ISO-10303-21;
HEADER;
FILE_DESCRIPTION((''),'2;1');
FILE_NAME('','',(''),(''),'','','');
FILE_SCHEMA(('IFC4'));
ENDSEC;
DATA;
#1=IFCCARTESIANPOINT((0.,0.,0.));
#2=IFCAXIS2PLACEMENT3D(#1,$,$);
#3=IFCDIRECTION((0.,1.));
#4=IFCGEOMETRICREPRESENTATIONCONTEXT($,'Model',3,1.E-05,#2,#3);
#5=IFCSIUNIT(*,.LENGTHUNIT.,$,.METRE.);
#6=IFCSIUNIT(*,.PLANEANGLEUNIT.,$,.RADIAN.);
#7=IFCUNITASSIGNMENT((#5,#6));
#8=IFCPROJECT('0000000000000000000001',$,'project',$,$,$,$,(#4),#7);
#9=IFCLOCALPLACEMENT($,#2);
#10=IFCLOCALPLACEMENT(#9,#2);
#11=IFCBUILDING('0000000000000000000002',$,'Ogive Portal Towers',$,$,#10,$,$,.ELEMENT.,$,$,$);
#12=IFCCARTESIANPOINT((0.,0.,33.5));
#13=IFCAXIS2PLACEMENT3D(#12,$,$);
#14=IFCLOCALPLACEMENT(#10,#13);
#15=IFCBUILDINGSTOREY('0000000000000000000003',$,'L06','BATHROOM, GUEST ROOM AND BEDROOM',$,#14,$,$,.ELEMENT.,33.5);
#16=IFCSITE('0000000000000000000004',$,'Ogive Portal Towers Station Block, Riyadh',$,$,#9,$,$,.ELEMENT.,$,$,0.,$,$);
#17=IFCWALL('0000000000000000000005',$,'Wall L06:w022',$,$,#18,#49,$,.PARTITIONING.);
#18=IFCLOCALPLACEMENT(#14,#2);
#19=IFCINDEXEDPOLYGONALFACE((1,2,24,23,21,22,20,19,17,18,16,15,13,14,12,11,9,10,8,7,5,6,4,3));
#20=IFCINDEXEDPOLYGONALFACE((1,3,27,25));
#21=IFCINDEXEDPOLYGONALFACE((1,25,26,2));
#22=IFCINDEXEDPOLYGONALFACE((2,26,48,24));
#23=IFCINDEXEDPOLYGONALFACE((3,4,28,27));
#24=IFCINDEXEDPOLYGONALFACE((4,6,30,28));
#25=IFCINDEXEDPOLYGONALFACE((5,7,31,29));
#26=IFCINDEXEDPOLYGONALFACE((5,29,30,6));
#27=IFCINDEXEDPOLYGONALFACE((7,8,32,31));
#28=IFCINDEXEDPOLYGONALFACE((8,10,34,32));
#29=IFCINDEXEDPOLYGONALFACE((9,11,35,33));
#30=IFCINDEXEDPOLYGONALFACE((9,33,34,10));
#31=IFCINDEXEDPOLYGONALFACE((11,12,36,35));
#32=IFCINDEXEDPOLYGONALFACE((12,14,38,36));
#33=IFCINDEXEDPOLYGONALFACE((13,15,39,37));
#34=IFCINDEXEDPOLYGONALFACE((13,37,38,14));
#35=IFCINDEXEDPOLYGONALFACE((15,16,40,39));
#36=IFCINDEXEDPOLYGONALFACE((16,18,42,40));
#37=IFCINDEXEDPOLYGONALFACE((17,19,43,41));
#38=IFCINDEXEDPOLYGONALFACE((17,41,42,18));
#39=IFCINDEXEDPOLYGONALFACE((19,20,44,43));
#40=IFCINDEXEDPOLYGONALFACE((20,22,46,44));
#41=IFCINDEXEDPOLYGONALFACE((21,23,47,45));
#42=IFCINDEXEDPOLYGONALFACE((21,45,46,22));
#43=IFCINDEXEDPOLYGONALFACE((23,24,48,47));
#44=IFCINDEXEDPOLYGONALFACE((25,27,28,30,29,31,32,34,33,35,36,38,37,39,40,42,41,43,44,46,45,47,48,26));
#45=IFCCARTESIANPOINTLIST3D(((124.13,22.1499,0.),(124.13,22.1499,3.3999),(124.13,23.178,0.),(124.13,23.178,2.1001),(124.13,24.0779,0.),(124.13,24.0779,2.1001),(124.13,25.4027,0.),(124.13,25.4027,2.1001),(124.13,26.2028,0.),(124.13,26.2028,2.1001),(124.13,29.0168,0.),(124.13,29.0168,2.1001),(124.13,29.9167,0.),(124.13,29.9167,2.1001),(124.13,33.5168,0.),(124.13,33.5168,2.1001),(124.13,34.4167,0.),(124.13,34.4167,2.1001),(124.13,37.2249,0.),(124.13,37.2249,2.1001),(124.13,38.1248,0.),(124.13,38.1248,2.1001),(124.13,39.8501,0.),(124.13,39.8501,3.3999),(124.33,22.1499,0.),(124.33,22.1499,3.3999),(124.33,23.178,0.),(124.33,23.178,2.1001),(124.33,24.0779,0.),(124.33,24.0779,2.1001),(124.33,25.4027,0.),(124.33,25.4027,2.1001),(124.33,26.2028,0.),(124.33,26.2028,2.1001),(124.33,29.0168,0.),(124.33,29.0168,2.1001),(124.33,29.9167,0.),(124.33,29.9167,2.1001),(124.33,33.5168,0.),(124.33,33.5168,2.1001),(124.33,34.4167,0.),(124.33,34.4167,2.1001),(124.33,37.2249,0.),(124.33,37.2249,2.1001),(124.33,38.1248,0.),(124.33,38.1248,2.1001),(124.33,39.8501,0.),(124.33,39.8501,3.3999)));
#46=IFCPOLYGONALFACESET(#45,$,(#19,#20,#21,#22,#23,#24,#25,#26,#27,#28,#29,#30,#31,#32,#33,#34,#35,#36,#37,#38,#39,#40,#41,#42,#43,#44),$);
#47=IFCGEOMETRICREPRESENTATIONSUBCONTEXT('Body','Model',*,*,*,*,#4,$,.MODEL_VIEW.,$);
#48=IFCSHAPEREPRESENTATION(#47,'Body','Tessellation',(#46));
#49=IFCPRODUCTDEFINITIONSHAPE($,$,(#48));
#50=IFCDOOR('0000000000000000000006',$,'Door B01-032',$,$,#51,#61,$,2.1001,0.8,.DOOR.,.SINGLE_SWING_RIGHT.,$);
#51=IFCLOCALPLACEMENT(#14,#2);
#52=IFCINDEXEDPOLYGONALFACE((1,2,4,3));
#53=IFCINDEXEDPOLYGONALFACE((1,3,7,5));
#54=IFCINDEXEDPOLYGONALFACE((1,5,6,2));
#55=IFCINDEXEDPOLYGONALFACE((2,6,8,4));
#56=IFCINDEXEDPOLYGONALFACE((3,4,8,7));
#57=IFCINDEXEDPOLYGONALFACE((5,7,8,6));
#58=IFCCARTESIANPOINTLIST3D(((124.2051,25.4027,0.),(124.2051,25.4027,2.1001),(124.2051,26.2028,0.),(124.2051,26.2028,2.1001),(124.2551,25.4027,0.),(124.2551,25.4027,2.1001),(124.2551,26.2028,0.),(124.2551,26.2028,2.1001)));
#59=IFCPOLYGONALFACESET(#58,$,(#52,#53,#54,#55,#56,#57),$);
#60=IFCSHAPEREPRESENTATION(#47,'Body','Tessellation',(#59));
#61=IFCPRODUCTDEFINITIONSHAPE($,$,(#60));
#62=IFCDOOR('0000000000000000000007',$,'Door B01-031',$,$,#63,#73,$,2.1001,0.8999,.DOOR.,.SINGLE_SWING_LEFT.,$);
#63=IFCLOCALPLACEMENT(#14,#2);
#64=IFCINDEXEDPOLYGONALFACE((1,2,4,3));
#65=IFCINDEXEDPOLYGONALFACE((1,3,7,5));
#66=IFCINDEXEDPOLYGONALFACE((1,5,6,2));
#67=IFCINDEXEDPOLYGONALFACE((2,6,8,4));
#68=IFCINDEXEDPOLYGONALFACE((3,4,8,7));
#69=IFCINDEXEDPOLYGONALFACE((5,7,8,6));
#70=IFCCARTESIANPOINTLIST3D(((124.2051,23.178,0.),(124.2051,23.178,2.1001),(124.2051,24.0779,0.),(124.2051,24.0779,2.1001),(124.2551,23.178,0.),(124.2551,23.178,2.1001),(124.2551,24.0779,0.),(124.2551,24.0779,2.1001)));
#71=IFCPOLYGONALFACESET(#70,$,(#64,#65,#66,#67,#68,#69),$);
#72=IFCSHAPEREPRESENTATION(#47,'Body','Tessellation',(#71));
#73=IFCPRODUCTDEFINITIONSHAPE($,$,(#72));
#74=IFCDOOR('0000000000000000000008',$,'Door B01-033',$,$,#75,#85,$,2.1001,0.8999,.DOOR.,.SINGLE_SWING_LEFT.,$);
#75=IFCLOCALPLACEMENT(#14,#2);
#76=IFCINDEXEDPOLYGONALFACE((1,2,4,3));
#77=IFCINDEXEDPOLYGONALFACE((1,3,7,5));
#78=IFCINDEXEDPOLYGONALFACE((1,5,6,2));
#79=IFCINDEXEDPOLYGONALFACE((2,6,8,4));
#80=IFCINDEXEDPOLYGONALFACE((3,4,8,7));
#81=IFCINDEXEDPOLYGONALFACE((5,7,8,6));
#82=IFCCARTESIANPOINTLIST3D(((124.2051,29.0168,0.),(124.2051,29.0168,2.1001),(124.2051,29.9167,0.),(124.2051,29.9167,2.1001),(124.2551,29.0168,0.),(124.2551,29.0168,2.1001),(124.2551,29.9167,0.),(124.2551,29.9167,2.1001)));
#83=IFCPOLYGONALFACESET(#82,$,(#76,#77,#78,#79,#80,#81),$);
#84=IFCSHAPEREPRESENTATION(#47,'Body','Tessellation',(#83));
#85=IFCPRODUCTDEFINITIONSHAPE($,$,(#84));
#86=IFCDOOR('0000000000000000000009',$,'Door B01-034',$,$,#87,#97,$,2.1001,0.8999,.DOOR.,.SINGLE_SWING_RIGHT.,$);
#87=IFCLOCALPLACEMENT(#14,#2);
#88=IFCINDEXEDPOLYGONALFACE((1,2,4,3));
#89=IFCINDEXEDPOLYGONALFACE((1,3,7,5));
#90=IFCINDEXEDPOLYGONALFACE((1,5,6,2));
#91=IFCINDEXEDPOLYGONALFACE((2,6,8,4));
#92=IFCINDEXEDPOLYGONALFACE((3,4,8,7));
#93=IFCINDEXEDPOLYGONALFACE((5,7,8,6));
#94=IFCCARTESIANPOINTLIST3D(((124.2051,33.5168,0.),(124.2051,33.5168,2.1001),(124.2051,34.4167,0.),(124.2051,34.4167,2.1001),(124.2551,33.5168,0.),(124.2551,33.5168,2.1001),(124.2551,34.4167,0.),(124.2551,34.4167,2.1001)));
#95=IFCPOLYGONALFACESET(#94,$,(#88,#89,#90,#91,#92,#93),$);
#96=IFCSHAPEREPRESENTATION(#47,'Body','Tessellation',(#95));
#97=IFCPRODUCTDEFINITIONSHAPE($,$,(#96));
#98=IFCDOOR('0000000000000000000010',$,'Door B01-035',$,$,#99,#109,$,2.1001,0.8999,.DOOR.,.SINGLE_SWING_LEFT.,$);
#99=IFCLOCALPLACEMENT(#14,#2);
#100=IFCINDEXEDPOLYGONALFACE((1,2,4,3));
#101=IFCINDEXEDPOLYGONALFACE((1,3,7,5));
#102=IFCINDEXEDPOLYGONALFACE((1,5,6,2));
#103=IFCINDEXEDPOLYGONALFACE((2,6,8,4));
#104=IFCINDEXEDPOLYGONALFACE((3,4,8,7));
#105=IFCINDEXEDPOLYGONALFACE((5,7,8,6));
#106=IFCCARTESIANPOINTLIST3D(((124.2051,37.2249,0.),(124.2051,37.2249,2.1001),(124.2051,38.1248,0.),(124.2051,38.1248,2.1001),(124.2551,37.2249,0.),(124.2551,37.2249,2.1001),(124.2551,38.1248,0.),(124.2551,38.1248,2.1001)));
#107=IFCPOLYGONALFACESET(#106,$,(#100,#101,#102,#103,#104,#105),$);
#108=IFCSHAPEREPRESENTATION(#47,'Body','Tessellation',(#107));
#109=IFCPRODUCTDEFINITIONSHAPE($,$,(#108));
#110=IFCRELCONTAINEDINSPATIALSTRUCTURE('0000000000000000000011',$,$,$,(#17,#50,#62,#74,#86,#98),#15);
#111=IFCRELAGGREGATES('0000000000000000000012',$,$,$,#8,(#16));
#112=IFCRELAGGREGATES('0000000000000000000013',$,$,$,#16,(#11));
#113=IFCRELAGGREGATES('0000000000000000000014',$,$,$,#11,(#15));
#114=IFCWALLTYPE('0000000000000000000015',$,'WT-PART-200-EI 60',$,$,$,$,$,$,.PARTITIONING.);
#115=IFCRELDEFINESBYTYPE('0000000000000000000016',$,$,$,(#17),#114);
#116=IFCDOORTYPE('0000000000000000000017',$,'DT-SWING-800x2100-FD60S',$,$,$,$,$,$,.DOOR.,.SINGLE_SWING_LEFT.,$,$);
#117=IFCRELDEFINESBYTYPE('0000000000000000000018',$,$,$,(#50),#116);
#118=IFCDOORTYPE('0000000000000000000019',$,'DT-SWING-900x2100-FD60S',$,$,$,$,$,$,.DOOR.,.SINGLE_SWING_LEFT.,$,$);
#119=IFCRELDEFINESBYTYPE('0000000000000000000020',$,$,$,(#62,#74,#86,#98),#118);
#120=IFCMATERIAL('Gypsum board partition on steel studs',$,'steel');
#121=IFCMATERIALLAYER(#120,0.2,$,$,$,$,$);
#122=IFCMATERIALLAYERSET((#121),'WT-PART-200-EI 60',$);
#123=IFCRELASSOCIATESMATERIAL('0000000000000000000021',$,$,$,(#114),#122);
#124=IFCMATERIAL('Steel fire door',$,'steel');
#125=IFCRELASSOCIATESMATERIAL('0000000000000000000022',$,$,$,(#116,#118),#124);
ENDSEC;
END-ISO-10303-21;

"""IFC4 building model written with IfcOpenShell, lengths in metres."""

from ifc_helpers import new_model, si_unit, direction, frame, frame_2d, origin, place, context, subcontext, project, spatial, rectangle, extrude, material, layer, layer_set, type_object, element, fill, save


model = new_model("IFC4")

# Units and contexts
model_context = context("Model", 3, precision=1e-05, world=origin(), true_north=direction((0.0, 1.0)))
body_context = subcontext(model_context, "Body", "Model", "MODEL_VIEW")
ifc_project = project(units=[si_unit("LENGTHUNIT", "METRE"), si_unit("PLANEANGLEUNIT", "RADIAN")], contexts=[model_context])

# Site, building, storey
site_placement = place(None, origin())
site = spatial("IfcSite", under=ifc_project, at=site_placement, Name="Ogive Portal Towers Station Block, Riyadh", CompositionType="ELEMENT", RefElevation=0.0)
building_placement = place(site_placement, origin())
building = spatial("IfcBuilding", under=site, at=building_placement, Name="Ogive Portal Towers", CompositionType="ELEMENT")
storey_placement = place(building_placement, frame((0.0, 0.0, 33.5)))
storey = spatial("IfcBuildingStorey", under=building, at=storey_placement, Name="L06", Description="BATHROOM, GUEST ROOM AND BEDROOM", CompositionType="ELEMENT", Elevation=33.5)

# Shared definitions
ifc_material_1 = material(Name="Steel fire door", Category="steel")

# Wall, openings, doors
ifc_material_2 = material(Name="Gypsum board partition on steel studs", Category="steel")
ifc_layer_1 = layer(ifc_material_2, 0.2)
ifc_layer_set_1 = layer_set([ifc_layer_1], Name="WT-PART-200-EI 60")
wall_type_1 = type_object("IfcWallType", Name="WT-PART-200-EI 60", PredefinedType="PARTITIONING", material=ifc_layer_set_1)
door_type_1 = type_object("IfcDoorType", Name="DT-SWING-800x2100-FD60S", OperationType="SINGLE_SWING_LEFT", PredefinedType="DOOR", material=ifc_material_1)
door_type_2 = type_object("IfcDoorType", Name="DT-SWING-900x2100-FD60S", OperationType="SINGLE_SWING_LEFT", PredefinedType="DOOR", material=ifc_material_1)
wall_1_placement = place(storey_placement, frame((124.23, 22.1499, 0.0), z_axis=(0.0, 0.0, 1.0), x_axis=(0.0, 1.0, 0.0)))
wall_1 = element("IfcWall", 1, at=wall_1_placement, inside=storey, type_object=wall_type_1, Name="Wall L06:w022", PredefinedType="PARTITIONING", context=body_context, shape_type="SweptSolid", body=[
    extrude(rectangle(XDim=17.7002, YDim=0.2, at=frame_2d((8.8501, 0.0))), origin(), (0.0, 0.0, 1.0), 3.3999),
])
opening_1_placement = place(wall_1_placement, frame((1.0281, 0.0, 0.0)))
opening_1 = element("IfcOpeningElement", 2, at=opening_1_placement, cuts=wall_1, PredefinedType="OPENING", context=body_context, shape_type="SweptSolid", body=[
    extrude(rectangle(XDim=0.8999, YDim=2.1001, at=frame_2d((0.45, 1.05))), frame((0.0, 0.1099, 0.0), z_axis=(0.0, -1.0, 0.0), x_axis=(1.0, 0.0, 0.0)), (0.0, 0.0, 1.0), 0.22),
])
opening_2_placement = place(wall_1_placement, frame((3.2529, 0.0, 0.0)))
opening_2 = element("IfcOpeningElement", 3, at=opening_2_placement, cuts=wall_1, PredefinedType="OPENING", context=body_context, shape_type="SweptSolid", body=[
    extrude(rectangle(XDim=0.8, YDim=2.1001, at=frame_2d((0.3999, 1.05))), frame((0.0, 0.1099, 0.0), z_axis=(0.0, -1.0, 0.0), x_axis=(1.0, 0.0, 0.0)), (0.0, 0.0, 1.0), 0.22),
])
opening_3_placement = place(wall_1_placement, frame((6.8669, 0.0, 0.0)))
opening_3 = element("IfcOpeningElement", 4, at=opening_3_placement, cuts=wall_1, PredefinedType="OPENING", context=body_context, shape_type="SweptSolid", body=[
    extrude(rectangle(XDim=0.8999, YDim=2.1001, at=frame_2d((0.45, 1.05))), frame((0.0, 0.1099, 0.0), z_axis=(0.0, -1.0, 0.0), x_axis=(1.0, 0.0, 0.0)), (0.0, 0.0, 1.0), 0.22),
])
opening_4_placement = place(wall_1_placement, frame((11.3669, 0.0, 0.0)))
opening_4 = element("IfcOpeningElement", 5, at=opening_4_placement, cuts=wall_1, PredefinedType="OPENING", context=body_context, shape_type="SweptSolid", body=[
    extrude(rectangle(XDim=0.8999, YDim=2.1001, at=frame_2d((0.45, 1.05))), frame((0.0, 0.1099, 0.0), z_axis=(0.0, -1.0, 0.0), x_axis=(1.0, 0.0, 0.0)), (0.0, 0.0, 1.0), 0.22),
])
opening_5_placement = place(wall_1_placement, frame((15.075, 0.0, 0.0)))
opening_5 = element("IfcOpeningElement", 6, at=opening_5_placement, cuts=wall_1, PredefinedType="OPENING", context=body_context, shape_type="SweptSolid", body=[
    extrude(rectangle(XDim=0.8999, YDim=2.1001, at=frame_2d((0.45, 1.05))), frame((0.0, 0.1099, 0.0), z_axis=(0.0, -1.0, 0.0), x_axis=(1.0, 0.0, 0.0)), (0.0, 0.0, 1.0), 0.22),
])
door_1_placement = place(opening_2_placement, origin())
door_1 = element("IfcDoor", 7, at=door_1_placement, inside=storey, type_object=door_type_1, Name="Door B01-032", OperationType="SINGLE_SWING_RIGHT", OverallHeight=2.1001, OverallWidth=0.8, PredefinedType="DOOR", context=body_context, shape_type="SweptSolid", body=[
    extrude(rectangle(XDim=0.8, YDim=2.1001, at=frame_2d((0.3999, 1.05))), frame((0.0, 0.0249, 0.0), z_axis=(0.0, -1.0, 0.0), x_axis=(1.0, 0.0, 0.0)), (0.0, 0.0, 1.0), 0.05),
])
fill(opening_2, door_1)
door_2_placement = place(opening_1_placement, origin())
door_2 = element("IfcDoor", 8, at=door_2_placement, inside=storey, type_object=door_type_2, Name="Door B01-031", OperationType="SINGLE_SWING_LEFT", OverallHeight=2.1001, OverallWidth=0.8999, PredefinedType="DOOR", context=body_context, shape_type="SweptSolid", body=[
    extrude(rectangle(XDim=0.8999, YDim=2.1001, at=frame_2d((0.45, 1.05))), frame((0.0, 0.0249, 0.0), z_axis=(0.0, -1.0, 0.0), x_axis=(1.0, 0.0, 0.0)), (0.0, 0.0, 1.0), 0.05),
])
fill(opening_1, door_2)
door_3_placement = place(opening_3_placement, origin())
door_3 = element("IfcDoor", 9, at=door_3_placement, inside=storey, type_object=door_type_2, Name="Door B01-033", OperationType="SINGLE_SWING_LEFT", OverallHeight=2.1001, OverallWidth=0.8999, PredefinedType="DOOR", context=body_context, shape_type="SweptSolid", body=[
    extrude(rectangle(XDim=0.8999, YDim=2.1001, at=frame_2d((0.45, 1.05))), frame((0.0, 0.0249, 0.0), z_axis=(0.0, -1.0, 0.0), x_axis=(1.0, 0.0, 0.0)), (0.0, 0.0, 1.0), 0.05),
])
fill(opening_3, door_3)
door_4_placement = place(opening_4_placement, origin())
door_4 = element("IfcDoor", 10, at=door_4_placement, inside=storey, type_object=door_type_2, Name="Door B01-034", OperationType="SINGLE_SWING_RIGHT", OverallHeight=2.1001, OverallWidth=0.8999, PredefinedType="DOOR", context=body_context, shape_type="SweptSolid", body=[
    extrude(rectangle(XDim=0.8999, YDim=2.1001, at=frame_2d((0.45, 1.05))), frame((0.0, 0.0249, 0.0), z_axis=(0.0, -1.0, 0.0), x_axis=(1.0, 0.0, 0.0)), (0.0, 0.0, 1.0), 0.05),
])
fill(opening_4, door_4)
door_5_placement = place(opening_5_placement, origin())
door_5 = element("IfcDoor", 11, at=door_5_placement, inside=storey, type_object=door_type_2, Name="Door B01-035", OperationType="SINGLE_SWING_LEFT", OverallHeight=2.1001, OverallWidth=0.8999, PredefinedType="DOOR", context=body_context, shape_type="SweptSolid", body=[
    extrude(rectangle(XDim=0.8999, YDim=2.1001, at=frame_2d((0.45, 1.05))), frame((0.0, 0.0249, 0.0), z_axis=(0.0, -1.0, 0.0), x_axis=(1.0, 0.0, 0.0)), (0.0, 0.0, 1.0), 0.05),
])
fill(opening_5, door_5)

save(model, "model.ifc")
